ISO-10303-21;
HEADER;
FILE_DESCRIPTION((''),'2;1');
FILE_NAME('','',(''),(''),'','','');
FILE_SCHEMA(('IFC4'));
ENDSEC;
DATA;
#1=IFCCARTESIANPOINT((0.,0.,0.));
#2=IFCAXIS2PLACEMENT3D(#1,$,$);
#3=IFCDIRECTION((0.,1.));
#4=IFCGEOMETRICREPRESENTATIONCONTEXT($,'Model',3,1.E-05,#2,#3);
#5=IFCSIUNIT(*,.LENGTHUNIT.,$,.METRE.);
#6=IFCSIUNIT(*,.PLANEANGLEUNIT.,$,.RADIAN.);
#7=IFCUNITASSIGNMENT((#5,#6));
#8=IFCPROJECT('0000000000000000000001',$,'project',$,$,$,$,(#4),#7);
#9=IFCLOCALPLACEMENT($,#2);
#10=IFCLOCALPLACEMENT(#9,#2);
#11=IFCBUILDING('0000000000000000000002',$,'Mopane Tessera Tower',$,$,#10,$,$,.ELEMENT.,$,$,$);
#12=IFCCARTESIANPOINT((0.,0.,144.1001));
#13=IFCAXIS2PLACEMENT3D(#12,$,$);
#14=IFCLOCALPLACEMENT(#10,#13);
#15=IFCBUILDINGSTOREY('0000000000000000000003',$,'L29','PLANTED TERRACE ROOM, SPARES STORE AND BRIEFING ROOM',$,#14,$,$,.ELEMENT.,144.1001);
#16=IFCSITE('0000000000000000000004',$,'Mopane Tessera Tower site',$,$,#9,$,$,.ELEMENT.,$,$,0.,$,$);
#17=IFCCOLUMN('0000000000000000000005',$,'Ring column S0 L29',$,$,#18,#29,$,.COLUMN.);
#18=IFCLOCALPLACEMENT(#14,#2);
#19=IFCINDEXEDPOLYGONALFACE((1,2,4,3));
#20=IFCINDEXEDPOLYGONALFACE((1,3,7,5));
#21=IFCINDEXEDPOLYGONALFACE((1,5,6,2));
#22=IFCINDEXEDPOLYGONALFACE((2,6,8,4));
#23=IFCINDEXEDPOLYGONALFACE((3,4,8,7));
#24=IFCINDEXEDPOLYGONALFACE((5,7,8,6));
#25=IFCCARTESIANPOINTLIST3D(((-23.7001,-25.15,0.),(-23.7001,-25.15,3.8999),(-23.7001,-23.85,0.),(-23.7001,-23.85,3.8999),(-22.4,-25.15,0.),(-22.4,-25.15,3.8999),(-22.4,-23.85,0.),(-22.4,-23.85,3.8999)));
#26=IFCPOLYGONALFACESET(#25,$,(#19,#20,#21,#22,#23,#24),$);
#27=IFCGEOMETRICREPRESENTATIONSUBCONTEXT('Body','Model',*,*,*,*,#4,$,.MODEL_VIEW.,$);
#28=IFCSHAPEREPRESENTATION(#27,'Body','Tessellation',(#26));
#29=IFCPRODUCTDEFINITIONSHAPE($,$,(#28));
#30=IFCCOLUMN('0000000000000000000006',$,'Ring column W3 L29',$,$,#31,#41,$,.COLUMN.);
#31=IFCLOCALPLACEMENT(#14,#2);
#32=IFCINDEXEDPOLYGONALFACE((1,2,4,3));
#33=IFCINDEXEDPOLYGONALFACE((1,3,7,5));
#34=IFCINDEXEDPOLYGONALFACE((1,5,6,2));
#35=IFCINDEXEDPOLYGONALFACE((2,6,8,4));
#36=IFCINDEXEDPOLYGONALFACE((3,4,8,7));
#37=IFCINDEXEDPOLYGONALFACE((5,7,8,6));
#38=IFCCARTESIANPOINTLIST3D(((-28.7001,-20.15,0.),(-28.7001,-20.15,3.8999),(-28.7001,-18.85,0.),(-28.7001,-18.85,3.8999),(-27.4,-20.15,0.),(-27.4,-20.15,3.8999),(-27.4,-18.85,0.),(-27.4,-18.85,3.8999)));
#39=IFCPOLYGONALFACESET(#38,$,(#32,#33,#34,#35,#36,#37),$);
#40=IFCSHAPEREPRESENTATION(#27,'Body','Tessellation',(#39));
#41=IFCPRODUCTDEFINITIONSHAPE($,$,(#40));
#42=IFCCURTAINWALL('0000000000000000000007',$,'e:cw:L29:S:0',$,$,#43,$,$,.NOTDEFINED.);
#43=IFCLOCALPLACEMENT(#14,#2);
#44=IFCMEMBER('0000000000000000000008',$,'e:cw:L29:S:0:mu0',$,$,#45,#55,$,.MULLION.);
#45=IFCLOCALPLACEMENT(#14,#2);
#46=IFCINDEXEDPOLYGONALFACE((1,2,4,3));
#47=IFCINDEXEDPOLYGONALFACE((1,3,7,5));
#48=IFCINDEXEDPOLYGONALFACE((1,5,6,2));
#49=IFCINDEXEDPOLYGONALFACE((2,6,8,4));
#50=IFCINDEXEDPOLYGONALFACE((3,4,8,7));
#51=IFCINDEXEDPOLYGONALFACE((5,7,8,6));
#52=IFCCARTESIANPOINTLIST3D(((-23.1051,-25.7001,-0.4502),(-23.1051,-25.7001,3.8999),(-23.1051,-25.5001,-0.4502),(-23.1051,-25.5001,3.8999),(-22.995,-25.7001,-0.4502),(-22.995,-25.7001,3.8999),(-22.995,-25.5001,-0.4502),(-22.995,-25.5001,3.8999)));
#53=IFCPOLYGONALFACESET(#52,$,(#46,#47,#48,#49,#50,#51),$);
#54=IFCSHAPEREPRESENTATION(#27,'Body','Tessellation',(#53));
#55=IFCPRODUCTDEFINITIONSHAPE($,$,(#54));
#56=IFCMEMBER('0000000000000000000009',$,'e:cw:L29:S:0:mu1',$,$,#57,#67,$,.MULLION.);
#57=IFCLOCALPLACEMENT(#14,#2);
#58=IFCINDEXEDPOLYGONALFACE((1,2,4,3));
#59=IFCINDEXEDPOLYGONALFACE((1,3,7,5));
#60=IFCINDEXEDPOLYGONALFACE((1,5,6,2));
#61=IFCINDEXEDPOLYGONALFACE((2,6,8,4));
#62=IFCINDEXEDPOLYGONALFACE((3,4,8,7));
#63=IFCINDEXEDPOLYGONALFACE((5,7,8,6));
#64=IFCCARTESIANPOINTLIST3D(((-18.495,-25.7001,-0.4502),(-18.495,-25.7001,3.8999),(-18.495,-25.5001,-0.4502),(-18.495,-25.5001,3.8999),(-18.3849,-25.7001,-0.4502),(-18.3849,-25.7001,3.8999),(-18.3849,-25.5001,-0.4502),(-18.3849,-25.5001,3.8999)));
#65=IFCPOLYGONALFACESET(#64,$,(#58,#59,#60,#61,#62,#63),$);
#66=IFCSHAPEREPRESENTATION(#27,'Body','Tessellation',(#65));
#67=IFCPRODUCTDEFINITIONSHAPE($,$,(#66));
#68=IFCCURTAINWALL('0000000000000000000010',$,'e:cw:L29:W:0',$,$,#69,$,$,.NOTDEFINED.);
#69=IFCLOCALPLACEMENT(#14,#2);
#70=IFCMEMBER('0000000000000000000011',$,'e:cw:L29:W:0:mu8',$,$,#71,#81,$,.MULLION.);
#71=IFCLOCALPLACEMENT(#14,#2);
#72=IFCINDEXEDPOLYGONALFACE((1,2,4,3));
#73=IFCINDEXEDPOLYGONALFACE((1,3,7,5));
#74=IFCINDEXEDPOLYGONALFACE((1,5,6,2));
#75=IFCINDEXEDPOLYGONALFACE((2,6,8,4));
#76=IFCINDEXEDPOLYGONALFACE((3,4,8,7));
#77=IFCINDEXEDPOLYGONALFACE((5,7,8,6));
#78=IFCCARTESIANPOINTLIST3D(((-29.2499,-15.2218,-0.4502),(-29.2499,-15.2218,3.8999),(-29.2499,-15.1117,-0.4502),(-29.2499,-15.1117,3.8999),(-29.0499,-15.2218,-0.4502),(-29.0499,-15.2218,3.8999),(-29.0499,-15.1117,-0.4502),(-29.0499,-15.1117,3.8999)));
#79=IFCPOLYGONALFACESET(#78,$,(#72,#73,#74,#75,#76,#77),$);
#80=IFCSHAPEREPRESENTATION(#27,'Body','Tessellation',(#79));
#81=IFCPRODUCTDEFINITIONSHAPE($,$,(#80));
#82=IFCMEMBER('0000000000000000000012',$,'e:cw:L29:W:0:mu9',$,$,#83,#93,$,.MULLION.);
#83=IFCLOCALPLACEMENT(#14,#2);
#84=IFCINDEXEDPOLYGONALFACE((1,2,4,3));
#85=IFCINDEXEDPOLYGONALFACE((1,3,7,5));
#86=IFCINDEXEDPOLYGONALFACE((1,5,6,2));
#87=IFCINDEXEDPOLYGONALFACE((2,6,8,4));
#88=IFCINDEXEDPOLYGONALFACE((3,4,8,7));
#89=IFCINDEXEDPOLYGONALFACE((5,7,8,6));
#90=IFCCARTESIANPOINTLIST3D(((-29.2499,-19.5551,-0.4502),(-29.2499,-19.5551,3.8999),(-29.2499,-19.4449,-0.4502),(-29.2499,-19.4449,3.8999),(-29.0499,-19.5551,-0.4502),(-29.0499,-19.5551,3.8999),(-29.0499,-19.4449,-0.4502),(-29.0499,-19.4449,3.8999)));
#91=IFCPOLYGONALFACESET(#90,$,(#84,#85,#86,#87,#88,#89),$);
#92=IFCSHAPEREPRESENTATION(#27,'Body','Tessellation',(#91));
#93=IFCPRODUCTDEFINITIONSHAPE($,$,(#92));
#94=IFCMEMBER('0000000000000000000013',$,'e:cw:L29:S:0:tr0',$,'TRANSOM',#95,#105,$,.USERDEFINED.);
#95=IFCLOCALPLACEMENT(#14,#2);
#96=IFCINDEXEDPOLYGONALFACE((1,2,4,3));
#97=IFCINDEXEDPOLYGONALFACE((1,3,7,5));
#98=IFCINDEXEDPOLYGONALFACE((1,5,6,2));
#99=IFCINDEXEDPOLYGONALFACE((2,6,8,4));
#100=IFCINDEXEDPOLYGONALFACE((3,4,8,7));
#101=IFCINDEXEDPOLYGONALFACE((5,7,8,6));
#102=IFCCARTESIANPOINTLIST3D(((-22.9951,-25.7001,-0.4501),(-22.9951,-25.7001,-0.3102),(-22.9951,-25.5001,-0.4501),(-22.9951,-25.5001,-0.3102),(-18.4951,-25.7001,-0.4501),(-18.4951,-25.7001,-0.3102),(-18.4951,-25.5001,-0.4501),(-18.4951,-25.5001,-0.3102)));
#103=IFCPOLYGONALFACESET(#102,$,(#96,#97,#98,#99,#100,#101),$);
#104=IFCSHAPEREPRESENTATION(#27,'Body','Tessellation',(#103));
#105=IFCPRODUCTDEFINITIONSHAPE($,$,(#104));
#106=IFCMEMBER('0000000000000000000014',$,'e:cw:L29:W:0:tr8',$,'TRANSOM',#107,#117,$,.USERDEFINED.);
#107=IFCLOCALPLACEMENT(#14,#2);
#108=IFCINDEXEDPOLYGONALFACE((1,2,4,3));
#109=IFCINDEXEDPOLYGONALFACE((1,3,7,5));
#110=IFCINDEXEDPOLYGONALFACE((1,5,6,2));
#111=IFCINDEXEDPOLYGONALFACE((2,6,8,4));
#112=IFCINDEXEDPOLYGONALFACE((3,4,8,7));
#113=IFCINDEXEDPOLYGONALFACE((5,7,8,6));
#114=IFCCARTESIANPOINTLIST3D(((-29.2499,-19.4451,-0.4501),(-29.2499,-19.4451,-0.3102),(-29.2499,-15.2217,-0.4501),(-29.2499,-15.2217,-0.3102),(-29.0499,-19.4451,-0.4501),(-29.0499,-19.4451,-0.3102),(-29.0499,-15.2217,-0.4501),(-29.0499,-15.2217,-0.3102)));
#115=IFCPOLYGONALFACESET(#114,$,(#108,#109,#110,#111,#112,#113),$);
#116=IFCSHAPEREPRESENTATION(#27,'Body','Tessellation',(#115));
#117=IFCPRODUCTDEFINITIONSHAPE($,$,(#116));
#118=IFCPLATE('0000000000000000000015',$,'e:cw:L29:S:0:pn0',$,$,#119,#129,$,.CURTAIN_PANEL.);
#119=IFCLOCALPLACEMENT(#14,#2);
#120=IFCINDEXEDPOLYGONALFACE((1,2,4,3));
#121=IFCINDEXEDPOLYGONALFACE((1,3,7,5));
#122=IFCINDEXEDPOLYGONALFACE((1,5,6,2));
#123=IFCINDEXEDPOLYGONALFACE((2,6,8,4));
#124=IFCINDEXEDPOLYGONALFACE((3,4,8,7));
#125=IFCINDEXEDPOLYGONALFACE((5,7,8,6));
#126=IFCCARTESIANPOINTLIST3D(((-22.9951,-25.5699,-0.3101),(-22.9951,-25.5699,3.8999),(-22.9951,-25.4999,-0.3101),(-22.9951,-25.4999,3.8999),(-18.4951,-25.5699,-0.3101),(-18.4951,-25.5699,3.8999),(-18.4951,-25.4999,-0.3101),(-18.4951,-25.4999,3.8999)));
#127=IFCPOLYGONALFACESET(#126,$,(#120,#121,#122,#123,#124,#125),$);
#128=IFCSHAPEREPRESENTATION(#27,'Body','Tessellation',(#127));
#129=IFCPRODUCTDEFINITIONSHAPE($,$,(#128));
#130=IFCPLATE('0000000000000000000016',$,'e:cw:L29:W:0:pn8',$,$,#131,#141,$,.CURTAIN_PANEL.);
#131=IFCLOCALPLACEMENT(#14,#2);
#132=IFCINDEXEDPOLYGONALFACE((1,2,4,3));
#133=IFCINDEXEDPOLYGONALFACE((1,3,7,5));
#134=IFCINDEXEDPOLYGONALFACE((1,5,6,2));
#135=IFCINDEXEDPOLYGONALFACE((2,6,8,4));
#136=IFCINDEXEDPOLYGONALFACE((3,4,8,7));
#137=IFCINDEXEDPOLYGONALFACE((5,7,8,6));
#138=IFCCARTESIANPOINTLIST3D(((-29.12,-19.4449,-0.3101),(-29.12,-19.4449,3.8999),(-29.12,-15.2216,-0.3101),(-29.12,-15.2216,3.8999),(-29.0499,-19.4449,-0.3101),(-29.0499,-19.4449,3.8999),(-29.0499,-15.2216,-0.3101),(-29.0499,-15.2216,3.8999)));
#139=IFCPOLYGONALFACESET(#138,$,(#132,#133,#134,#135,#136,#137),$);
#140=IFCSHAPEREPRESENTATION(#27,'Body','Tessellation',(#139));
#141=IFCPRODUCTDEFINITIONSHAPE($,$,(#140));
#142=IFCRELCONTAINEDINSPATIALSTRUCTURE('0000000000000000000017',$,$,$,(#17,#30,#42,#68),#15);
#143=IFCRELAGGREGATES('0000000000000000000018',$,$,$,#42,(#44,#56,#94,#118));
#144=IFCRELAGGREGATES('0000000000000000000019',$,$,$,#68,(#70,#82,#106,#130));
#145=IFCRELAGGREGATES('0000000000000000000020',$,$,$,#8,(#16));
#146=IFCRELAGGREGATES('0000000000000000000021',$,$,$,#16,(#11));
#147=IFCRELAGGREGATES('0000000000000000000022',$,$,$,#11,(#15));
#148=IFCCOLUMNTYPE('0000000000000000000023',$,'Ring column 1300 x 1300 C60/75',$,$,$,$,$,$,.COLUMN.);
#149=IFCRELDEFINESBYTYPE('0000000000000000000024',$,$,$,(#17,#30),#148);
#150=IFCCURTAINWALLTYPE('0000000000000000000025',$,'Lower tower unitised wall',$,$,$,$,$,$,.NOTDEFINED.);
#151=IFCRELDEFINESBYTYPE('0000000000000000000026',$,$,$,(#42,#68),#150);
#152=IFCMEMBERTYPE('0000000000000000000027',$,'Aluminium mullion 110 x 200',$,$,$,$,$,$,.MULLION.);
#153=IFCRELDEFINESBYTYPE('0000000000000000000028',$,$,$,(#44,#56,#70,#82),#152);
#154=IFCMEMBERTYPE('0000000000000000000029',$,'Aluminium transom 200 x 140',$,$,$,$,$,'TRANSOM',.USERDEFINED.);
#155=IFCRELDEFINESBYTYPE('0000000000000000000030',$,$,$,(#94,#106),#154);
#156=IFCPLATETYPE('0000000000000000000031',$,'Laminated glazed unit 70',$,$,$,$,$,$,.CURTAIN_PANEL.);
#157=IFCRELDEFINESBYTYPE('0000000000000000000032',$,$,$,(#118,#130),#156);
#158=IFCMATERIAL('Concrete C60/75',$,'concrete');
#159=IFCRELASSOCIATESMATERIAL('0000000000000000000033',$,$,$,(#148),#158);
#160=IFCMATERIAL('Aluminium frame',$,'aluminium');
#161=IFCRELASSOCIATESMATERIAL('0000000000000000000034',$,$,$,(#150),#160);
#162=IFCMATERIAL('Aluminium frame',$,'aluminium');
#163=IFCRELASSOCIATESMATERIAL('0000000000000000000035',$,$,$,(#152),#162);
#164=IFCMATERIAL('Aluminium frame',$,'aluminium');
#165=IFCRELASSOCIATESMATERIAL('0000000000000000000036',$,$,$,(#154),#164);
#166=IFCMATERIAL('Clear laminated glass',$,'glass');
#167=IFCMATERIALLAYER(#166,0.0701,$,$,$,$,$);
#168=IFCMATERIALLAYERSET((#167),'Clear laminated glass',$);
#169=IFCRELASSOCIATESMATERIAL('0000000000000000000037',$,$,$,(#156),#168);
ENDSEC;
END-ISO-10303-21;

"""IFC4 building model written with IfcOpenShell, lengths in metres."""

from ifc_helpers import new_model, si_unit, direction, frame, origin, origin_2d, place, context, subcontext, project, spatial, rectangle, extrude, material, layer, layer_set, material_profile, profile_set, type_object, element, aggregate, save


model = new_model("IFC4")

# Units and contexts
model_context = context("Model", 3, precision=1e-05, world=origin(), true_north=direction((0.0, 1.0)))
body_context = subcontext(model_context, "Body", "Model", "MODEL_VIEW")
ifc_project = project(units=[si_unit("LENGTHUNIT", "METRE"), si_unit("PLANEANGLEUNIT", "RADIAN")], contexts=[model_context])

# Site, building, storey
site_placement = place(None, origin())
site = spatial("IfcSite", under=ifc_project, at=site_placement, Name="Mopane Tessera Tower site", CompositionType="ELEMENT", RefElevation=0.0)
building_placement = place(site_placement, origin())
building = spatial("IfcBuilding", under=site, at=building_placement, Name="Mopane Tessera Tower", CompositionType="ELEMENT")
storey_placement = place(building_placement, frame((0.0, 0.0, 144.1001)))
storey = spatial("IfcBuildingStorey", under=building, at=storey_placement, Name="L29", Description="PLANTED TERRACE ROOM, SPARES STORE AND BRIEFING ROOM", CompositionType="ELEMENT", Elevation=144.1001)

# Columns
ifc_material_1 = material(Name="Concrete C60/75", Category="concrete")
ifc_material_profile_1 = material_profile(ifc_material_1, rectangle(XDim=1.3, YDim=1.3, at=origin_2d()))
ifc_profile_set_1 = profile_set([ifc_material_profile_1], Name="Concrete C60/75")
column_type = type_object("IfcColumnType", Name="Ring column 1300 x 1300 C60/75", PredefinedType="COLUMN", material=ifc_profile_set_1)
for number, where, z_axis, x_axis, name in (
    (1, (-23.05, -24.5, 0.0), (0.0, 0.0, 1.0), (1.0, 0.0, 0.0), "Ring column S0 L29"),
    (2, (-28.05, -19.5, 0.0), (0.0, 0.0, 1.0), (1.0, 0.0, 0.0), "Ring column W3 L29"),
):
    element("IfcColumn", number, at=place(storey_placement, frame(where, z_axis=z_axis, x_axis=x_axis)), inside=storey, type_object=column_type, Name=name, PredefinedType="COLUMN", context=body_context, shape_type="SweptSolid", body=[
        extrude(rectangle(XDim=1.3, YDim=1.3, at=origin_2d()), origin(), (0.0, 0.0, 1.0), 3.8999),
    ])

# Curtain walls, members
ifc_material_2 = material(Name="Aluminium frame", Category="aluminium")
curtain_wall_type = type_object("IfcCurtainWallType", Name="Lower tower unitised wall", PredefinedType="NOTDEFINED", material=ifc_material_2)
curtain_wall_1_placement = place(storey_placement, origin())
curtain_wall_1 = element("IfcCurtainWall", 3, at=curtain_wall_1_placement, inside=storey, type_object=curtain_wall_type, Name="e:cw:L29:S:0", PredefinedType="NOTDEFINED")
ifc_material_3 = material(Name="Aluminium frame", Category="aluminium")
ifc_material_profile_2 = material_profile(ifc_material_3, rectangle(XDim=0.1101, YDim=0.2, at=origin_2d()))
ifc_profile_set_2 = profile_set([ifc_material_profile_2], Name="Aluminium frame")
member_type_1 = type_object("IfcMemberType", Name="Aluminium mullion 110 x 200", PredefinedType="MULLION", material=ifc_profile_set_2)
member_1_placement = place(storey_placement, frame((-23.05, -25.6001, -0.4502), z_axis=(0.0, 0.0, 1.0), x_axis=(1.0, 0.0, 0.0)))
member_1 = element("IfcMember", 4, at=member_1_placement, type_object=member_type_1, Name="e:cw:L29:S:0:mu0", PredefinedType="MULLION", context=body_context, shape_type="SweptSolid", body=[
    extrude(rectangle(XDim=0.1101, YDim=0.2, at=origin_2d()), origin(), (0.0, 0.0, 1.0), 4.3501),
])
member_2_placement = place(storey_placement, frame((-18.4399, -25.6001, -0.4502), z_axis=(0.0, 0.0, 1.0), x_axis=(1.0, 0.0, 0.0)))
member_2 = element("IfcMember", 5, at=member_2_placement, type_object=member_type_1, Name="e:cw:L29:S:0:mu1", PredefinedType="MULLION", context=body_context, shape_type="SweptSolid", body=[
    extrude(rectangle(XDim=0.1101, YDim=0.2, at=origin_2d()), origin(), (0.0, 0.0, 1.0), 4.3501),
])
curtain_wall_2_placement = place(storey_placement, origin())
curtain_wall_2 = element("IfcCurtainWall", 6, at=curtain_wall_2_placement, inside=storey, type_object=curtain_wall_type, Name="e:cw:L29:W:0", PredefinedType="NOTDEFINED")
member_3_placement = place(storey_placement, frame((-29.1499, -15.1667, -0.4502), z_axis=(0.0, 0.0, 1.0), x_axis=(0.0, -1.0, 0.0)))
member_3 = element("IfcMember", 7, at=member_3_placement, type_object=member_type_1, Name="e:cw:L29:W:0:mu8", PredefinedType="MULLION", context=body_context, shape_type="SweptSolid", body=[
    extrude(rectangle(XDim=0.1101, YDim=0.2, at=origin_2d()), origin(), (0.0, 0.0, 1.0), 4.3501),
])
member_4_placement = place(storey_placement, frame((-29.1499, -19.5, -0.4502), z_axis=(0.0, 0.0, 1.0), x_axis=(0.0, -1.0, 0.0)))
member_4 = element("IfcMember", 8, at=member_4_placement, type_object=member_type_1, Name="e:cw:L29:W:0:mu9", PredefinedType="MULLION", context=body_context, shape_type="SweptSolid", body=[
    extrude(rectangle(XDim=0.1101, YDim=0.2, at=origin_2d()), origin(), (0.0, 0.0, 1.0), 4.3501),
])

# Members
ifc_material_4 = material(Name="Aluminium frame", Category="aluminium")
ifc_material_profile_3 = material_profile(ifc_material_4, rectangle(XDim=0.2, YDim=0.1399, at=origin_2d()))
ifc_profile_set_3 = profile_set([ifc_material_profile_3], Name="Aluminium frame")
member_type_2 = type_object("IfcMemberType", Name="Aluminium transom 200 x 140", ElementType="TRANSOM", PredefinedType="USERDEFINED", material=ifc_profile_set_3)
member_5_placement = place(storey_placement, frame((-22.9951, -25.6001, -0.3801), z_axis=(1.0, 0.0, 0.0), x_axis=(0.0, 1.0, 0.0)))
member_5 = element("IfcMember", 9, at=member_5_placement, type_object=member_type_2, Name="e:cw:L29:S:0:tr0", ObjectType="TRANSOM", PredefinedType="USERDEFINED", context=body_context, shape_type="SweptSolid", body=[
    extrude(rectangle(XDim=0.2, YDim=0.1399, at=origin_2d()), origin(), (0.0, 0.0, 1.0), 4.5),
])
member_6_placement = place(storey_placement, frame((-29.1499, -15.2217, -0.3801), z_axis=(0.0, -1.0, 0.0), x_axis=(1.0, 0.0, 0.0)))
member_6 = element("IfcMember", 10, at=member_6_placement, type_object=member_type_2, Name="e:cw:L29:W:0:tr8", ObjectType="TRANSOM", PredefinedType="USERDEFINED", context=body_context, shape_type="SweptSolid", body=[
    extrude(rectangle(XDim=0.2, YDim=0.1399, at=origin_2d()), origin(), (0.0, 0.0, 1.0), 4.2234),
])

# Plates
ifc_material_5 = material(Name="Clear laminated glass", Category="glass")
ifc_layer_1 = layer(ifc_material_5, 0.0701)
ifc_layer_set_1 = layer_set([ifc_layer_1], Name="Clear laminated glass")
plate_type = type_object("IfcPlateType", Name="Laminated glazed unit 70", PredefinedType="CURTAIN_PANEL", material=ifc_layer_set_1)
plate_1_placement = place(storey_placement, frame((-20.7451, -25.5349, -0.3101), z_axis=(0.0, 0.0, 1.0), x_axis=(1.0, 0.0, 0.0)))
plate_1 = element("IfcPlate", 11, at=plate_1_placement, type_object=plate_type, Name="e:cw:L29:S:0:pn0", PredefinedType="CURTAIN_PANEL", context=body_context, shape_type="SweptSolid", body=[
    extrude(rectangle(XDim=4.5, YDim=0.0701, at=origin_2d()), origin(), (0.0, 0.0, 1.0), 4.21),
])
aggregate(curtain_wall_1, [member_1, member_2, member_5, plate_1])
plate_2_placement = place(storey_placement, frame((-29.085, -17.3333, -0.3101), z_axis=(0.0, 0.0, 1.0), x_axis=(0.0, -1.0, 0.0)))
plate_2 = element("IfcPlate", 12, at=plate_2_placement, type_object=plate_type, Name="e:cw:L29:W:0:pn8", PredefinedType="CURTAIN_PANEL", context=body_context, shape_type="SweptSolid", body=[
    extrude(rectangle(XDim=4.2234, YDim=0.0701, at=origin_2d()), origin(), (0.0, 0.0, 1.0), 4.21),
])
aggregate(curtain_wall_2, [member_3, member_4, member_6, plate_2])

save(model, "model.ifc")
